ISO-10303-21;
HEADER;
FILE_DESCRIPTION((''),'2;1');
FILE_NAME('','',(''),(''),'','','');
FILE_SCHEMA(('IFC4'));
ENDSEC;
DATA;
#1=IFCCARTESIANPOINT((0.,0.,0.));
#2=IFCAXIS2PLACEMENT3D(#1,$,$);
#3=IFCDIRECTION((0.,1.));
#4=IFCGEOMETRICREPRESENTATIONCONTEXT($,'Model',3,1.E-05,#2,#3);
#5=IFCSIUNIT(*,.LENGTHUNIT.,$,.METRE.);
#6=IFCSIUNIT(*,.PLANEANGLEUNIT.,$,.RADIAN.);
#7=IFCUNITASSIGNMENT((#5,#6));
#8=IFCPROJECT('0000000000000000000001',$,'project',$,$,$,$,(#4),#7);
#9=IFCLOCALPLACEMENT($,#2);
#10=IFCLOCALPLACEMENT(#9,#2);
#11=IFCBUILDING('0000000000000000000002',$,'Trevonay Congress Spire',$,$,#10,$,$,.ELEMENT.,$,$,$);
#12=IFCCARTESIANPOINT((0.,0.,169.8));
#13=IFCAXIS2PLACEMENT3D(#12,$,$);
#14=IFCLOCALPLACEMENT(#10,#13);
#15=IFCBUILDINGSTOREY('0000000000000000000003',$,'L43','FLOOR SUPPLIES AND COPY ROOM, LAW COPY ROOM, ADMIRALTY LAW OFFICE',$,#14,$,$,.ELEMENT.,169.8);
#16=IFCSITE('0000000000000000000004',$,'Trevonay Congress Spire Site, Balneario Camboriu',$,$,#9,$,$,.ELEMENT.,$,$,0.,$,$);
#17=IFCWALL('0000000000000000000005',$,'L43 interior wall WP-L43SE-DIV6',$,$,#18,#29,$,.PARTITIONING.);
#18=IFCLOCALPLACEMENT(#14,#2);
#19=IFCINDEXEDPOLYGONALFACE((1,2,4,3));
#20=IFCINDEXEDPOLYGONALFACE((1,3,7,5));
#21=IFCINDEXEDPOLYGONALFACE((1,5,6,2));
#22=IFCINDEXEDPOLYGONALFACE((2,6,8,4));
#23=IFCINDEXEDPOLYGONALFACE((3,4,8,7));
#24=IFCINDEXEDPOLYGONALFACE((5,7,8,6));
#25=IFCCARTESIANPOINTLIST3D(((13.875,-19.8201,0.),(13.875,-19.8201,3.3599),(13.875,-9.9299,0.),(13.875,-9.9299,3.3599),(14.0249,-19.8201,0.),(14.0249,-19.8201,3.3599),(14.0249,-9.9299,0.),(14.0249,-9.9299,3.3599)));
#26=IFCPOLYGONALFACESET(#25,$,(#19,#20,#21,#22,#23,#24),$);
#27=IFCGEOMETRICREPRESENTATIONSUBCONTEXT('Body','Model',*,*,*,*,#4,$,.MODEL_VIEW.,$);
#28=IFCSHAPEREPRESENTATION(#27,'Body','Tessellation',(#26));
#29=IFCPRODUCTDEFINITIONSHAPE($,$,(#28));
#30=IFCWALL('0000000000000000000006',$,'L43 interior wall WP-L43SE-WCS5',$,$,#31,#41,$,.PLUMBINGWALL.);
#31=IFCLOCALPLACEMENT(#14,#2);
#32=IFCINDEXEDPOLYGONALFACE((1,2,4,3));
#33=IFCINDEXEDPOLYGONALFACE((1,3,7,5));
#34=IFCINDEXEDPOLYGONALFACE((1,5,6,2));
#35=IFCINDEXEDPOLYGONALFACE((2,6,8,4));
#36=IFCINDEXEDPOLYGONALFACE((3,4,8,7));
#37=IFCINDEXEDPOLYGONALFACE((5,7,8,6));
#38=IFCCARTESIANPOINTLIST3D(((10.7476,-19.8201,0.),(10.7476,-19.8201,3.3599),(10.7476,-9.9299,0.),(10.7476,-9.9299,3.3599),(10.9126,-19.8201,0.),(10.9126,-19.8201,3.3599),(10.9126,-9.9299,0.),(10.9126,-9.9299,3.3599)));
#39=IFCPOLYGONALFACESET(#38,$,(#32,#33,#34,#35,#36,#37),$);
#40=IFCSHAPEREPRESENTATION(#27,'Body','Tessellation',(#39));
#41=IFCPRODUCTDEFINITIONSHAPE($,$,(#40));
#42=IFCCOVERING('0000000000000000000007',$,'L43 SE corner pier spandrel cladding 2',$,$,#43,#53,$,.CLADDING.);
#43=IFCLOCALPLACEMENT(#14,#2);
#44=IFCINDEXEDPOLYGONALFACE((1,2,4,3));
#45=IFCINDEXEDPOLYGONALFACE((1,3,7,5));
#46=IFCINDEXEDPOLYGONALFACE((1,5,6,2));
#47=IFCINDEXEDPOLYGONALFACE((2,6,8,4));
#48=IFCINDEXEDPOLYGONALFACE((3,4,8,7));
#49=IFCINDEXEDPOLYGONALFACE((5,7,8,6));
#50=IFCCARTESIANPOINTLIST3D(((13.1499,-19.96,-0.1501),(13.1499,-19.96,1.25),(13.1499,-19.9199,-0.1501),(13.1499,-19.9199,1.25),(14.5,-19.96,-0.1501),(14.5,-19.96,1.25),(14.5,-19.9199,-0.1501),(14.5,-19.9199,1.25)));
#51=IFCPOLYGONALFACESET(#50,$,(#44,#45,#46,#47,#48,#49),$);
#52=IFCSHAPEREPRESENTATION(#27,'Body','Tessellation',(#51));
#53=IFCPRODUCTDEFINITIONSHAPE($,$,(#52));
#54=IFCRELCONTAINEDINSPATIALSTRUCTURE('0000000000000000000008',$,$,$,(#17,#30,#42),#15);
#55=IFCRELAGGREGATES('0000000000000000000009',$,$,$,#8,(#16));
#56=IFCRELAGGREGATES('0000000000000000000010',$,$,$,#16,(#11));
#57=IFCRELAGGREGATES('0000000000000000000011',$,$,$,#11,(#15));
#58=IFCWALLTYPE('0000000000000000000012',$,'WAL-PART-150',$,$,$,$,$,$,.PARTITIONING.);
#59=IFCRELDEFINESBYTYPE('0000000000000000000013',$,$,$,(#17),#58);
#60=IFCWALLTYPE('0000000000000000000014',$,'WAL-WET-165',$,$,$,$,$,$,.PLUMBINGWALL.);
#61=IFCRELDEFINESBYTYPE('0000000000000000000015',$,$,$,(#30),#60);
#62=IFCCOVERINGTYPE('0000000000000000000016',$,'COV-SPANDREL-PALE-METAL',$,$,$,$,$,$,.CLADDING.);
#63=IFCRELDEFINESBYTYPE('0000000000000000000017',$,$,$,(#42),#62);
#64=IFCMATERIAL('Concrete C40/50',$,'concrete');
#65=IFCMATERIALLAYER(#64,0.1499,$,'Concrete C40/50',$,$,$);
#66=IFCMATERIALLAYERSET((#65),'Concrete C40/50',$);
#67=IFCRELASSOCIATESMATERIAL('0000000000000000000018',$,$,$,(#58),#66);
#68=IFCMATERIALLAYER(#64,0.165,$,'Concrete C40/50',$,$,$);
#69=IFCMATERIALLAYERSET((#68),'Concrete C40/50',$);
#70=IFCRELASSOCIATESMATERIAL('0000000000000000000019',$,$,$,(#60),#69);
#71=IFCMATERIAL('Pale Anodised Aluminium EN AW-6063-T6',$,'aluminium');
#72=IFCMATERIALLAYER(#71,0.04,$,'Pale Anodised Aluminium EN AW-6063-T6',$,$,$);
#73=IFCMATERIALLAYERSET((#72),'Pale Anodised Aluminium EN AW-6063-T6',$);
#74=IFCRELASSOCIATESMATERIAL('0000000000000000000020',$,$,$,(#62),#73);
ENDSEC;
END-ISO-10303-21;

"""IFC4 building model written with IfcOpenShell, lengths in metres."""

from ifc_helpers import new_model, si_unit, direction, frame, frame_2d, origin, place, context, subcontext, project, spatial, rectangle, extrude, material, layer, layer_set, type_object, element, save


model = new_model("IFC4")

# Units and contexts
model_context = context("Model", 3, precision=1e-05, world=origin(), true_north=direction((0.0, 1.0)))
body_context = subcontext(model_context, "Body", "Model", "MODEL_VIEW")
ifc_project = project(units=[si_unit("LENGTHUNIT", "METRE"), si_unit("PLANEANGLEUNIT", "RADIAN")], contexts=[model_context])

# Site, building, storey
site_placement = place(None, origin())
site = spatial("IfcSite", under=ifc_project, at=site_placement, Name="Trevonay Congress Spire Site, Balneario Camboriu", CompositionType="ELEMENT", RefElevation=0.0)
building_placement = place(site_placement, origin())
building = spatial("IfcBuilding", under=site, at=building_placement, Name="Trevonay Congress Spire", CompositionType="ELEMENT")
storey_placement = place(building_placement, frame((0.0, 0.0, 169.8)))
storey = spatial("IfcBuildingStorey", under=building, at=storey_placement, Name="L43", Description="FLOOR SUPPLIES AND COPY ROOM, LAW COPY ROOM, ADMIRALTY LAW OFFICE", CompositionType="ELEMENT", Elevation=169.8)

# Shared definitions
ifc_material_1 = material(Name="Pale Anodised Aluminium EN AW-6063-T6", Category="aluminium")

# Walls
ifc_material_2 = material(Name="Concrete C40/50", Category="concrete")
ifc_layer_1 = layer(ifc_material_2, 0.1499, Name="Concrete C40/50")
ifc_layer_set_1 = layer_set([ifc_layer_1], Name="Concrete C40/50")
wall_type_1 = type_object("IfcWallType", Name="WAL-PART-150", PredefinedType="PARTITIONING", material=ifc_layer_set_1)
for number, where, z_axis, x_axis, name in (
    (1, (13.95, -19.8201, 0.0), (0.0, 0.0, 1.0), (0.0, 1.0, 0.0), "L43 interior wall WP-L43SE-DIV6"),
):
    element("IfcWall", number, at=place(storey_placement, frame(where, z_axis=z_axis, x_axis=x_axis)), inside=storey, type_object=wall_type_1, Name=name, PredefinedType="PARTITIONING", context=body_context, shape_type="SweptSolid", body=[
        extrude(rectangle(XDim=9.8901, YDim=0.1499, at=frame_2d((4.9451, 0.0))), origin(), (0.0, 0.0, 1.0), 3.3599),
    ])
ifc_layer_2 = layer(ifc_material_2, 0.165, Name="Concrete C40/50")
ifc_layer_set_2 = layer_set([ifc_layer_2], Name="Concrete C40/50")
wall_type_2 = type_object("IfcWallType", Name="WAL-WET-165", PredefinedType="PLUMBINGWALL", material=ifc_layer_set_2)
wall_1_placement = place(storey_placement, frame((10.8301, -19.8201, 0.0), z_axis=(0.0, 0.0, 1.0), x_axis=(0.0, 1.0, 0.0)))
element("IfcWall", 2, at=wall_1_placement, inside=storey, type_object=wall_type_2, Name="L43 interior wall WP-L43SE-WCS5", PredefinedType="PLUMBINGWALL", context=body_context, shape_type="SweptSolid", body=[
    extrude(rectangle(XDim=9.8901, YDim=0.165, at=frame_2d((4.9451, 0.0))), origin(), (0.0, 0.0, 1.0), 3.3599),
])

# Covering
ifc_layer_3 = layer(ifc_material_1, 0.04, Name="Pale Anodised Aluminium EN AW-6063-T6")
ifc_layer_set_3 = layer_set([ifc_layer_3], Name="Pale Anodised Aluminium EN AW-6063-T6")
covering_type = type_object("IfcCoveringType", Name="COV-SPANDREL-PALE-METAL", PredefinedType="CLADDING", material=ifc_layer_set_3)
covering_placement = place(storey_placement, frame((13.1499, -19.9399, -0.1501), z_axis=(0.0, 0.0, 1.0), x_axis=(1.0, 0.0, 0.0)))
element("IfcCovering", 3, at=covering_placement, inside=storey, type_object=covering_type, Name="L43 SE corner pier spandrel cladding 2", PredefinedType="CLADDING", context=body_context, shape_type="SweptSolid", body=[
    extrude(rectangle(XDim=1.3501, YDim=0.04, at=frame_2d((0.675, 0.0))), origin(), (0.0, 0.0, 1.0), 1.4001),
])

save(model, "model.ifc")
